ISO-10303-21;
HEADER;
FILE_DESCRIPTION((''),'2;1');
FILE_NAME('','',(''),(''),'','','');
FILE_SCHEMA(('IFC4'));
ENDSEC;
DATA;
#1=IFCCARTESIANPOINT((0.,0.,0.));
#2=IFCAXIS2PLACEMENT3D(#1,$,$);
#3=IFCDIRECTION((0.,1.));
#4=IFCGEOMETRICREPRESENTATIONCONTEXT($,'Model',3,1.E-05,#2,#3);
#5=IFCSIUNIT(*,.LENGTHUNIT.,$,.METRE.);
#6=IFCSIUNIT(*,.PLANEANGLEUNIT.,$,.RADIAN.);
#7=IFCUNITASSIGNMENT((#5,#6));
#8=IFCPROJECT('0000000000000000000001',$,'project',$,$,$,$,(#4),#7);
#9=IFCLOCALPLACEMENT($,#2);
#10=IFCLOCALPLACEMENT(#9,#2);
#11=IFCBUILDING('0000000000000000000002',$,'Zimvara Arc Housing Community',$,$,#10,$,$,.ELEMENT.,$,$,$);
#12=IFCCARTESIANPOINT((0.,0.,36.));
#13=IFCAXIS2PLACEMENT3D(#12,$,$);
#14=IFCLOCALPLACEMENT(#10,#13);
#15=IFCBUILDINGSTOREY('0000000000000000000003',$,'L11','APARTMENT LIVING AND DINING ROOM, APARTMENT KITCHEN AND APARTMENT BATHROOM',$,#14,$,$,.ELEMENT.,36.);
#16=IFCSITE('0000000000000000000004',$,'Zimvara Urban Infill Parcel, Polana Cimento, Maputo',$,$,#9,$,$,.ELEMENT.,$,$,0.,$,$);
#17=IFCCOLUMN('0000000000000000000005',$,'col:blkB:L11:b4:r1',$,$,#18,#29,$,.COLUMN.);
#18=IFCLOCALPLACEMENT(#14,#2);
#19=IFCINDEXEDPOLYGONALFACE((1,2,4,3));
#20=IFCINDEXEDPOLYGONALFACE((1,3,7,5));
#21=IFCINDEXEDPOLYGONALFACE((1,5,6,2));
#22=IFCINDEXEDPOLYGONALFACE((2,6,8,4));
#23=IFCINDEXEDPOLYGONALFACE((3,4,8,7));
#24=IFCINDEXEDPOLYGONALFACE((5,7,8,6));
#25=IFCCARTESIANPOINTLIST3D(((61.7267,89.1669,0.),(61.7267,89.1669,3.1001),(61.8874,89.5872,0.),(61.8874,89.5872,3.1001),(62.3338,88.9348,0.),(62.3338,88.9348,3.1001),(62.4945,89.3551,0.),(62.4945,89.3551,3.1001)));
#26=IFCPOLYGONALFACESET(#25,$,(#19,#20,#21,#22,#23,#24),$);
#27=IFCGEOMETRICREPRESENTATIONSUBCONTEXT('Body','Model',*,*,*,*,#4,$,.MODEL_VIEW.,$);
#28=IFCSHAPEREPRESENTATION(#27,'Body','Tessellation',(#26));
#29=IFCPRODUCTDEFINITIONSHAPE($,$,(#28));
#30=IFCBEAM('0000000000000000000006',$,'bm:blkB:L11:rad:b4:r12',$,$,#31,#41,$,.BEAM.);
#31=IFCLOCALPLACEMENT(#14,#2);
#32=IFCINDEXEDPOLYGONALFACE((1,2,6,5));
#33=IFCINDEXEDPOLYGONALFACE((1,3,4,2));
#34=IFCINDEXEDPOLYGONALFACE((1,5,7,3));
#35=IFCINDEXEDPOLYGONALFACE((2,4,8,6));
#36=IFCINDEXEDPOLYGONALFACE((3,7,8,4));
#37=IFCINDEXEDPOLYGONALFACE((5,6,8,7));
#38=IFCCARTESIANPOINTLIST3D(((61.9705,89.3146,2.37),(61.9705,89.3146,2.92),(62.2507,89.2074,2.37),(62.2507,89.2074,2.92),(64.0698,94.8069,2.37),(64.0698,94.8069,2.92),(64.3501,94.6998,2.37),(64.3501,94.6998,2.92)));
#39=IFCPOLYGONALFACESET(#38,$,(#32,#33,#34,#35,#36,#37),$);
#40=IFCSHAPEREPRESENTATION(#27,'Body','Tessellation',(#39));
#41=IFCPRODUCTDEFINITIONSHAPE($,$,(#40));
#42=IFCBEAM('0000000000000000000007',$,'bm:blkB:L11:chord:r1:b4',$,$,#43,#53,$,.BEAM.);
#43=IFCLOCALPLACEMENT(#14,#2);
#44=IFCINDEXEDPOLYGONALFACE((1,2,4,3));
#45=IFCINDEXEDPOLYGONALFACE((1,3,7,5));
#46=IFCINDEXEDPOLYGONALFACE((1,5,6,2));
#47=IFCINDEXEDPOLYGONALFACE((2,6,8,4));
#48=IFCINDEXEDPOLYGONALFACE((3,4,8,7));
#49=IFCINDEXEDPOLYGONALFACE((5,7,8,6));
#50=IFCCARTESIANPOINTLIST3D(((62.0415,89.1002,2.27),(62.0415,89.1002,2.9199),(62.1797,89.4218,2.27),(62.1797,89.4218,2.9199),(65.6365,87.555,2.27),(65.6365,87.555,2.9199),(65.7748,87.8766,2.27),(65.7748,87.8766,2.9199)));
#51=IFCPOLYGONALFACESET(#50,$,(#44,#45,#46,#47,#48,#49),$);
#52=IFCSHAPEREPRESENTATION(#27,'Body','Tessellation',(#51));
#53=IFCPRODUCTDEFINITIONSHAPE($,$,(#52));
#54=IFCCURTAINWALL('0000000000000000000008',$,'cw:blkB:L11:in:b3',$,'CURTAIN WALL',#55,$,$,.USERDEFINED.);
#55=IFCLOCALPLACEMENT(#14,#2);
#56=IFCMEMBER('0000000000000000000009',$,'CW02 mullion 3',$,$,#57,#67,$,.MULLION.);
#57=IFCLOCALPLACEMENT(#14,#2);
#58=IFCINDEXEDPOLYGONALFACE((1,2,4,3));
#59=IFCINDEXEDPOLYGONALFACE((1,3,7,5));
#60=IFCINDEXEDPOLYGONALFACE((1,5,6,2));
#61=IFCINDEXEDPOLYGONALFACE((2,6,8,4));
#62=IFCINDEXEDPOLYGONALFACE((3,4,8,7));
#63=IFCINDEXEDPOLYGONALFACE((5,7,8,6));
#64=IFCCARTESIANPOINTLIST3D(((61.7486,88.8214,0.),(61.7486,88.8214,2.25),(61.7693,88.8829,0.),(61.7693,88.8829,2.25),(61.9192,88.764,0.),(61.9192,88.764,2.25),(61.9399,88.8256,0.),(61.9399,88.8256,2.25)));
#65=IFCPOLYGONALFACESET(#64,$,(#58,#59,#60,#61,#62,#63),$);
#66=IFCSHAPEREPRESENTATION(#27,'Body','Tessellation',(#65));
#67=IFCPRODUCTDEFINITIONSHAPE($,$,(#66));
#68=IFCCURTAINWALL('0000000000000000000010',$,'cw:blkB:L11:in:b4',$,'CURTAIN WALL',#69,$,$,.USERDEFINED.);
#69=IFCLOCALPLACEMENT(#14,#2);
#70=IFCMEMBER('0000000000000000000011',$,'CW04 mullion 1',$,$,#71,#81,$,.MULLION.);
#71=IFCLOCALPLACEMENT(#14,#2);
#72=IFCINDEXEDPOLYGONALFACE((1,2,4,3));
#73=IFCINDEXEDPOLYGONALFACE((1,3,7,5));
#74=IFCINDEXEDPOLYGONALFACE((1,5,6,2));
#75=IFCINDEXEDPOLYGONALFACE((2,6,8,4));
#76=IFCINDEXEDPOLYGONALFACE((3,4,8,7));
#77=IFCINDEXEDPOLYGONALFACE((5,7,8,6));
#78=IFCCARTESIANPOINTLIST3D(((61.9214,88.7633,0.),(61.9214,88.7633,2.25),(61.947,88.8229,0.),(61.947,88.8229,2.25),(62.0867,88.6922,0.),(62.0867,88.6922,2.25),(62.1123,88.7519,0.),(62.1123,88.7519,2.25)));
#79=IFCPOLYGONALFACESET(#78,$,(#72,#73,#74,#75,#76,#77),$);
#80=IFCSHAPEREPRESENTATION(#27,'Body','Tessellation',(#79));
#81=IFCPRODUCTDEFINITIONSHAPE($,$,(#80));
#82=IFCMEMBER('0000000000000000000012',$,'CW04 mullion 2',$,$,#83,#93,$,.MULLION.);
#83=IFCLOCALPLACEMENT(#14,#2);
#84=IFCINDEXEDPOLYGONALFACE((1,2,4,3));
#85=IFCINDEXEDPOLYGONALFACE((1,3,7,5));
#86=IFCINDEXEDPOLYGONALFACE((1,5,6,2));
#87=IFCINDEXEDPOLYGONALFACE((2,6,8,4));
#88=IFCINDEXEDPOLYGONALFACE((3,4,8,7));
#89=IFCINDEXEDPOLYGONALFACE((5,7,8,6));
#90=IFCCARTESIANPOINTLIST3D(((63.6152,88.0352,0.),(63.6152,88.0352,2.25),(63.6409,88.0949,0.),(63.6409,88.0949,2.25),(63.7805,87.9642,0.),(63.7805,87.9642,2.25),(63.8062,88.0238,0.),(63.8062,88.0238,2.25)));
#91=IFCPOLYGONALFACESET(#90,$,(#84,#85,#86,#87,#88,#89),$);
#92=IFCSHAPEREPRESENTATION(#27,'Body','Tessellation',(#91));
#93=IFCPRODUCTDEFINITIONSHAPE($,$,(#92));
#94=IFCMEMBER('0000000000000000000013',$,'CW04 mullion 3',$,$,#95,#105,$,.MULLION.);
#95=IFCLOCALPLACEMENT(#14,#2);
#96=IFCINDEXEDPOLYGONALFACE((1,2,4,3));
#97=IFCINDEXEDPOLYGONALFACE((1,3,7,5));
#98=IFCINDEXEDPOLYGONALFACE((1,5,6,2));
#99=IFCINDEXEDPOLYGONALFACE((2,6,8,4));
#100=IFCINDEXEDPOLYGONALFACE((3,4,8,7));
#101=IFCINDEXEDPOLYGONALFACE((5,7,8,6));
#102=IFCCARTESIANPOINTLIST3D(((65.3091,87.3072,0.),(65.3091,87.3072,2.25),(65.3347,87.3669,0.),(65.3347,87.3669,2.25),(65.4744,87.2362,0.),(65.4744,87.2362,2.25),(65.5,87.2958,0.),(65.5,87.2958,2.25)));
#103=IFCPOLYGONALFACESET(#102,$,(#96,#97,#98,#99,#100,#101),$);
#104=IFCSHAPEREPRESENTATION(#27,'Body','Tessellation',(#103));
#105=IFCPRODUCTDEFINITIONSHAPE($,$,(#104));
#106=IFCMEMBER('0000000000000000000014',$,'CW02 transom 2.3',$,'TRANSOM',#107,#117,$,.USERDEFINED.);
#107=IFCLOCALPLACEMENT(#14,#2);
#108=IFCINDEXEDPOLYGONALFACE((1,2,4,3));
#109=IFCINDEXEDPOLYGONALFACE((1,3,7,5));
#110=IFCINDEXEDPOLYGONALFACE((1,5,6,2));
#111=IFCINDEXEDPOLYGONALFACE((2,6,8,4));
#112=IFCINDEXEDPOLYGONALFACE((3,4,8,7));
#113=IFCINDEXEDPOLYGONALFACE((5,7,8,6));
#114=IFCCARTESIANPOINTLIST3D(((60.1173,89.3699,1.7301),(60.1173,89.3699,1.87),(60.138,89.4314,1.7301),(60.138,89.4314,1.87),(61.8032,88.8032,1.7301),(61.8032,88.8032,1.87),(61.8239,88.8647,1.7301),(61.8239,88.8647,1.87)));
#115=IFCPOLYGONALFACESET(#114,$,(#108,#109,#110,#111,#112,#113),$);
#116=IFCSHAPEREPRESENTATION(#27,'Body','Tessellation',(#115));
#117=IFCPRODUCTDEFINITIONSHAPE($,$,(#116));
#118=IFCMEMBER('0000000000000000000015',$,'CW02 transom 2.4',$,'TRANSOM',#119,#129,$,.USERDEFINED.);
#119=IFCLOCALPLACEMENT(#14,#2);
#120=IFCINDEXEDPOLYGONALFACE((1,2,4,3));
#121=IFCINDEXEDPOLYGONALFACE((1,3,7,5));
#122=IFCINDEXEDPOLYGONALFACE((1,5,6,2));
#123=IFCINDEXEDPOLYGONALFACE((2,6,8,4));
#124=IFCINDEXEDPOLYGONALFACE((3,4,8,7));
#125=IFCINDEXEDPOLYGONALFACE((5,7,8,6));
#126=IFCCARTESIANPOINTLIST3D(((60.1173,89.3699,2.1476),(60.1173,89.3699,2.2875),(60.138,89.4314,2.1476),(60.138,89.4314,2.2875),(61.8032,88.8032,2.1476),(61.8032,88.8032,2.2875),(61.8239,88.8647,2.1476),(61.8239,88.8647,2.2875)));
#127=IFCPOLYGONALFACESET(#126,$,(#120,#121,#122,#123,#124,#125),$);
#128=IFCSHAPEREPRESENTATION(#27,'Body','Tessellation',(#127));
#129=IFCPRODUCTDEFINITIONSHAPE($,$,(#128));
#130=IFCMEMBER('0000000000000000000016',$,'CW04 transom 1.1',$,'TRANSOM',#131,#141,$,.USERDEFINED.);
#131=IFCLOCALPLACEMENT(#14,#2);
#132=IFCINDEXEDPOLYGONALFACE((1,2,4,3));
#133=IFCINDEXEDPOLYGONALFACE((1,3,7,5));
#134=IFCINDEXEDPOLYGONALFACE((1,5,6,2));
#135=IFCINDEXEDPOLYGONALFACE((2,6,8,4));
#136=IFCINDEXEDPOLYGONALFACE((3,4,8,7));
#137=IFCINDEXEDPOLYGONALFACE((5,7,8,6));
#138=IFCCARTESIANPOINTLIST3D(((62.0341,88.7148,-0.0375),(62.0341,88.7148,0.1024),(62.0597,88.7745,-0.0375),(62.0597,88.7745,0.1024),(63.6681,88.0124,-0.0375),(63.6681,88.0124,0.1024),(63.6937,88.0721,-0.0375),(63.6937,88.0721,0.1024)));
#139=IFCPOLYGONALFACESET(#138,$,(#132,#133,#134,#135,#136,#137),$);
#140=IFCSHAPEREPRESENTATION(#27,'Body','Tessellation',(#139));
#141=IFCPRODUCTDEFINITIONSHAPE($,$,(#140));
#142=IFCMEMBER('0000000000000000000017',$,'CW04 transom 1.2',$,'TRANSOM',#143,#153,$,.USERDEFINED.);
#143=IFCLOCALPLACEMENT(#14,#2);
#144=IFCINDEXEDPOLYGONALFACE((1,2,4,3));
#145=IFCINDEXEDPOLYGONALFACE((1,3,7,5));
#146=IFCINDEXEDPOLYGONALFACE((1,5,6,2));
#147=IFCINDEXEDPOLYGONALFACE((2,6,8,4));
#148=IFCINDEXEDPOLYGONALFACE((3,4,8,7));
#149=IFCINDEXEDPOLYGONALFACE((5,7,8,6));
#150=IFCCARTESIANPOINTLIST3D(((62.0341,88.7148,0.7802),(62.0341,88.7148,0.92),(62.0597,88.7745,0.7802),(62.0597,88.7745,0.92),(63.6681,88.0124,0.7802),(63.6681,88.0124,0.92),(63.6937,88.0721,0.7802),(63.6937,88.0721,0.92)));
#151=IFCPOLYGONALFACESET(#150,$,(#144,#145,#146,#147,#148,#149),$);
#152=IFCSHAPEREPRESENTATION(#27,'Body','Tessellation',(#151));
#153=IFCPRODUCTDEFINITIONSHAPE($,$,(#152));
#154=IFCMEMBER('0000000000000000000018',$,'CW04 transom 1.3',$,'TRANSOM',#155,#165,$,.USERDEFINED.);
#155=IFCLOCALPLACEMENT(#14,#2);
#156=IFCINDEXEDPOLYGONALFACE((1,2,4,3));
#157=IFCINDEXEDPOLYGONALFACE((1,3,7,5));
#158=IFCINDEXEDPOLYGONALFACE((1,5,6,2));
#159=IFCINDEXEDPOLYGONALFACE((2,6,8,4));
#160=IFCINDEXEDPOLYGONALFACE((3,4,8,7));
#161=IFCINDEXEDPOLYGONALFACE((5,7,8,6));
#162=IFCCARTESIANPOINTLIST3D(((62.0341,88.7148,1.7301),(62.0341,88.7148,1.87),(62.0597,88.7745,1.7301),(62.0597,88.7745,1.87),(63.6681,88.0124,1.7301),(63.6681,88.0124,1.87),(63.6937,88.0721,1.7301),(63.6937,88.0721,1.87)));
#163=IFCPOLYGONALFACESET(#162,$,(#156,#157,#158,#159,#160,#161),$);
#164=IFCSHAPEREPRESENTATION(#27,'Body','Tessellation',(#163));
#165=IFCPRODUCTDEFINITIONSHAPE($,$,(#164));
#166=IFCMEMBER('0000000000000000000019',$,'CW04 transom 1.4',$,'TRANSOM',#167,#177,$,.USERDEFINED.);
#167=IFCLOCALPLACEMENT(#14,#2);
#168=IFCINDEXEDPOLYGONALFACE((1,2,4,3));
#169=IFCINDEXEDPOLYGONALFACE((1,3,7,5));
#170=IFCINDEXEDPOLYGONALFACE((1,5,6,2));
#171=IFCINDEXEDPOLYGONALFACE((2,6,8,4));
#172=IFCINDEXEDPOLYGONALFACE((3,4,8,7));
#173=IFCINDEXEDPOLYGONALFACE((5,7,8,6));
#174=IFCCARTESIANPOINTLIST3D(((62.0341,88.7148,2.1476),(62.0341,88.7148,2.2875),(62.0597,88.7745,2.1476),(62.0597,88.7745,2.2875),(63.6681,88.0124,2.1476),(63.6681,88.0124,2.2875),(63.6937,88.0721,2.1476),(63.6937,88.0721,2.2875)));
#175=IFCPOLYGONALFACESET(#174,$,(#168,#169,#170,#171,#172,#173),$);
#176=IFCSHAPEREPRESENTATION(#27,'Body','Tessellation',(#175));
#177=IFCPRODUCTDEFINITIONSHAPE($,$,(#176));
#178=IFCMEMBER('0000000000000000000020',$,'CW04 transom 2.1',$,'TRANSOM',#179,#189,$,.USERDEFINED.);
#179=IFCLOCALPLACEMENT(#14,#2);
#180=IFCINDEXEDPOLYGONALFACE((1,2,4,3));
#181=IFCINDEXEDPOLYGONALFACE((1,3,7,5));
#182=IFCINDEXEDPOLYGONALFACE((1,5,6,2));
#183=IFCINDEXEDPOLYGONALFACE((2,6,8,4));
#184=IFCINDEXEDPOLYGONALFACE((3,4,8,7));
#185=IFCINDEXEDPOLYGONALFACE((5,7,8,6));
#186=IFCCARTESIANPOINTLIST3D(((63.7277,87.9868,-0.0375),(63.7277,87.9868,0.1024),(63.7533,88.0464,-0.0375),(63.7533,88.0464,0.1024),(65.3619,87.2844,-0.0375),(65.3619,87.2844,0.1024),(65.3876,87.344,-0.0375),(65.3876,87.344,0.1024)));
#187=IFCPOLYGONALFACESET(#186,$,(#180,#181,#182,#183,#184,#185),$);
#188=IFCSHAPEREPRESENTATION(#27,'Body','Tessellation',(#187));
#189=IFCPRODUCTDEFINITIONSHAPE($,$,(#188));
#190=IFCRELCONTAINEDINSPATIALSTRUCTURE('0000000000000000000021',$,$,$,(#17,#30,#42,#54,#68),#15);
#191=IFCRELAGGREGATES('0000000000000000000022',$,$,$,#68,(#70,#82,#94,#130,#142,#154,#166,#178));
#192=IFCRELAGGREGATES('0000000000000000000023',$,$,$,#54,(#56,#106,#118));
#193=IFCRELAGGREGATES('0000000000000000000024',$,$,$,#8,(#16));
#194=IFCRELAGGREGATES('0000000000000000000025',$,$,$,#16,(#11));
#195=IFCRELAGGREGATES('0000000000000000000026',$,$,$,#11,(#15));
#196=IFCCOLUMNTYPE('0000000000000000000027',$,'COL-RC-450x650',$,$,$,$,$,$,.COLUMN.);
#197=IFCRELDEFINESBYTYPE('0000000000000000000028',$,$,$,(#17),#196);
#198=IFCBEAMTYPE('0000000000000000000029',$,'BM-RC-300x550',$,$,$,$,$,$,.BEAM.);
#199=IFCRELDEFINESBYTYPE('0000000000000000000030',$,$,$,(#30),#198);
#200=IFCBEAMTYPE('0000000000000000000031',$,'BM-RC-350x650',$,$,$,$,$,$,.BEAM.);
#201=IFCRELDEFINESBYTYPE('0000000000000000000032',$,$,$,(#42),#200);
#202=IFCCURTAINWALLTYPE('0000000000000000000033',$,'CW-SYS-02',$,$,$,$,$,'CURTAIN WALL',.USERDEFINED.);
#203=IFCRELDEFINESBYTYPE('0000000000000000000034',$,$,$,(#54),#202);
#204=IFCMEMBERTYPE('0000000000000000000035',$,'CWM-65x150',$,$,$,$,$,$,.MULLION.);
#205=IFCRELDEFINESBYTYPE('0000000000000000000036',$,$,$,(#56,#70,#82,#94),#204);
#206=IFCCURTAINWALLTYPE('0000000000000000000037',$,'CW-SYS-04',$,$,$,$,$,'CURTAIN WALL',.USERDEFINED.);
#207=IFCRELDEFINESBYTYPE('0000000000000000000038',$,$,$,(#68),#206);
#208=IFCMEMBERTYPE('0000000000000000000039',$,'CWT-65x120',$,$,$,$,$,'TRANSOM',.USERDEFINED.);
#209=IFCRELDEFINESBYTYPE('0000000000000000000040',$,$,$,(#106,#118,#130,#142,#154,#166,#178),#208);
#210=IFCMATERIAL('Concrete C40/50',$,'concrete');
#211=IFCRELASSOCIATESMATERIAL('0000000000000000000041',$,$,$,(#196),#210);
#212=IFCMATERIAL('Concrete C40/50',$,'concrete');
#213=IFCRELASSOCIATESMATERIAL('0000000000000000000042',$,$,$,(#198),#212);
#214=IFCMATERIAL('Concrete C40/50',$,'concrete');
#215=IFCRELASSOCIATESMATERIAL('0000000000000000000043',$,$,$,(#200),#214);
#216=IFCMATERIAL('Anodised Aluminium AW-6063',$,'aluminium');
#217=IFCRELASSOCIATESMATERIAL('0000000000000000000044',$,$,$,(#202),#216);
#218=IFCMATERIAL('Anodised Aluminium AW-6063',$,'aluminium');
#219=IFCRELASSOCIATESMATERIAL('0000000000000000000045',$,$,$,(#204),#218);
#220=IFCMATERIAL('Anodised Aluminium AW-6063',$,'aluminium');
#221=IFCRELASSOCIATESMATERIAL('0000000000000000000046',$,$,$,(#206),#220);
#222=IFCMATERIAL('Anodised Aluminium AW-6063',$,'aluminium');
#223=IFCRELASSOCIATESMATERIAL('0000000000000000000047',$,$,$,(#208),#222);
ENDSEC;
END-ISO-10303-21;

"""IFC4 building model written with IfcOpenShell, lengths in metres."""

from ifc_helpers import new_model, si_unit, direction, frame, origin, origin_2d, place, context, subcontext, project, spatial, rectangle, extrude, material, material_profile, profile_set, type_object, element, aggregate, save


model = new_model("IFC4")

# Units and contexts
model_context = context("Model", 3, precision=1e-05, world=origin(), true_north=direction((0.0, 1.0)))
body_context = subcontext(model_context, "Body", "Model", "MODEL_VIEW")
ifc_project = project(units=[si_unit("LENGTHUNIT", "METRE"), si_unit("PLANEANGLEUNIT", "RADIAN")], contexts=[model_context])

# Site, building, storey
site_placement = place(None, origin())
site = spatial("IfcSite", under=ifc_project, at=site_placement, Name="Zimvara Urban Infill Parcel, Polana Cimento, Maputo", CompositionType="ELEMENT", RefElevation=0.0)
building_placement = place(site_placement, origin())
building = spatial("IfcBuilding", under=site, at=building_placement, Name="Zimvara Arc Housing Community", CompositionType="ELEMENT")
storey_placement = place(building_placement, frame((0.0, 0.0, 36.0)))
storey = spatial("IfcBuildingStorey", under=building, at=storey_placement, Name="L11", Description="APARTMENT LIVING AND DINING ROOM, APARTMENT KITCHEN AND APARTMENT BATHROOM", CompositionType="ELEMENT", Elevation=36.0)

# Column
ifc_material_1 = material(Name="Concrete C40/50", Category="concrete")
ifc_material_profile_1 = material_profile(ifc_material_1, rectangle(XDim=0.45, YDim=0.6499, at=origin_2d()), Name="RC 450x650")
ifc_profile_set_1 = profile_set([ifc_material_profile_1], Name="Concrete C40/50")
column_type = type_object("IfcColumnType", Name="COL-RC-450x650", PredefinedType="COLUMN", material=ifc_profile_set_1)
column_placement = place(storey_placement, frame((62.1106, 89.261, 0.0), z_axis=(0.0, 0.0, 1.0), x_axis=(0.357064, 0.93408, 0.0)))
element("IfcColumn", 1, at=column_placement, inside=storey, type_object=column_type, Name="col:blkB:L11:b4:r1", PredefinedType="COLUMN", context=body_context, shape_type="SweptSolid", body=[
    extrude(rectangle(XDim=0.45, YDim=0.6499, at=origin_2d()), origin(), (0.0, 0.0, 1.0), 3.1001),
])

# Beams
ifc_material_2 = material(Name="Concrete C40/50", Category="concrete")
ifc_material_profile_2 = material_profile(ifc_material_2, rectangle(XDim=0.3, YDim=0.55, at=origin_2d()), Name="RC 300x550")
ifc_profile_set_2 = profile_set([ifc_material_profile_2], Name="Concrete C40/50")
beam_type_1 = type_object("IfcBeamType", Name="BM-RC-300x550", PredefinedType="BEAM", material=ifc_profile_set_2)
beam_1_placement = place(storey_placement, frame((62.1106, 89.261, 2.645), z_axis=(0.357036, 0.934091, 0.0), x_axis=(-0.934091, 0.357036, 0.0)))
element("IfcBeam", 2, at=beam_1_placement, inside=storey, type_object=beam_type_1, Name="bm:blkB:L11:rad:b4:r12", PredefinedType="BEAM", context=body_context, shape_type="SweptSolid", body=[
    extrude(rectangle(XDim=0.3, YDim=0.55, at=origin_2d()), origin(), (0.0, 0.0, 1.0), 5.8799),
])
ifc_material_3 = material(Name="Concrete C40/50", Category="concrete")
ifc_material_profile_3 = material_profile(ifc_material_3, rectangle(XDim=0.3501, YDim=0.6499, at=origin_2d()), Name="RC 350x650")
ifc_profile_set_3 = profile_set([ifc_material_profile_3], Name="Concrete C40/50")
beam_type_2 = type_object("IfcBeamType", Name="BM-RC-350x650", PredefinedType="BEAM", material=ifc_profile_set_3)
beam_2_placement = place(storey_placement, frame((62.1106, 89.261, 2.595), z_axis=(0.918731, -0.394883, 0.0), x_axis=(0.394883, 0.918731, 0.0)))
element("IfcBeam", 3, at=beam_2_placement, inside=storey, type_object=beam_type_2, Name="bm:blkB:L11:chord:r1:b4", PredefinedType="BEAM", context=body_context, shape_type="SweptSolid", body=[
    extrude(rectangle(XDim=0.3501, YDim=0.6499, at=origin_2d()), origin(), (0.0, 0.0, 1.0), 3.9131),
])

# Curtain wall, member
ifc_material_4 = material(Name="Anodised Aluminium AW-6063", Category="aluminium")
curtain_wall_type_1 = type_object("IfcCurtainWallType", Name="CW-SYS-02", ElementType="CURTAIN WALL", PredefinedType="USERDEFINED", material=ifc_material_4)
curtain_wall_1_placement = place(storey_placement, origin())
curtain_wall_1 = element("IfcCurtainWall", 4, at=curtain_wall_1_placement, inside=storey, type_object=curtain_wall_type_1, Name="cw:blkB:L11:in:b3", ObjectType="CURTAIN WALL", PredefinedType="USERDEFINED")
ifc_material_5 = material(Name="Anodised Aluminium AW-6063", Category="aluminium")
ifc_material_profile_4 = material_profile(ifc_material_5, rectangle(XDim=0.0649, YDim=0.1799, at=origin_2d()), Name="ALU 65x180")
ifc_profile_set_4 = profile_set([ifc_material_profile_4], Name="Anodised Aluminium AW-6063")
member_type_1 = type_object("IfcMemberType", Name="CWM-65x150", PredefinedType="MULLION", material=ifc_profile_set_4)
member_1_placement = place(storey_placement, frame((61.8442, 88.8235, 0.0), z_axis=(0.0, 0.0, 1.0), x_axis=(0.318627, 0.94788, 0.0)))
member_1 = element("IfcMember", 5, at=member_1_placement, type_object=member_type_1, Name="CW02 mullion 3", PredefinedType="MULLION", context=body_context, shape_type="SweptSolid", body=[
    extrude(rectangle(XDim=0.0649, YDim=0.1799, at=origin_2d()), origin(), (0.0, 0.0, 1.0), 2.25),
])

# Curtain wall, members
ifc_material_6 = material(Name="Anodised Aluminium AW-6063", Category="aluminium")
curtain_wall_type_2 = type_object("IfcCurtainWallType", Name="CW-SYS-04", ElementType="CURTAIN WALL", PredefinedType="USERDEFINED", material=ifc_material_6)
curtain_wall_2_placement = place(storey_placement, origin())
curtain_wall_2 = element("IfcCurtainWall", 6, at=curtain_wall_2_placement, inside=storey, type_object=curtain_wall_type_2, Name="cw:blkB:L11:in:b4", ObjectType="CURTAIN WALL", PredefinedType="USERDEFINED")
member_2_placement = place(storey_placement, frame((62.0168, 88.7576, 0.0), z_axis=(0.0, 0.0, 1.0), x_axis=(0.394904, 0.918722, 0.0)))
member_2 = element("IfcMember", 7, at=member_2_placement, type_object=member_type_1, Name="CW04 mullion 1", PredefinedType="MULLION", context=body_context, shape_type="SweptSolid", body=[
    extrude(rectangle(XDim=0.0649, YDim=0.1799, at=origin_2d()), origin(), (0.0, 0.0, 1.0), 2.25),
])
member_3_placement = place(storey_placement, frame((63.7107, 88.0295, 0.0), z_axis=(0.0, 0.0, 1.0), x_axis=(0.394904, 0.918722, 0.0)))
member_3 = element("IfcMember", 8, at=member_3_placement, type_object=member_type_1, Name="CW04 mullion 2", PredefinedType="MULLION", context=body_context, shape_type="SweptSolid", body=[
    extrude(rectangle(XDim=0.0649, YDim=0.1799, at=origin_2d()), origin(), (0.0, 0.0, 1.0), 2.25),
])
member_4_placement = place(storey_placement, frame((65.4045, 87.3015, 0.0), z_axis=(0.0, 0.0, 1.0), x_axis=(0.394904, 0.918722, 0.0)))
member_4 = element("IfcMember", 9, at=member_4_placement, type_object=member_type_1, Name="CW04 mullion 3", PredefinedType="MULLION", context=body_context, shape_type="SweptSolid", body=[
    extrude(rectangle(XDim=0.0649, YDim=0.1799, at=origin_2d()), origin(), (0.0, 0.0, 1.0), 2.25),
])

# Members
ifc_material_7 = material(Name="Anodised Aluminium AW-6063", Category="aluminium")
ifc_material_profile_5 = material_profile(ifc_material_7, rectangle(XDim=0.0649, YDim=0.1399, at=origin_2d()), Name="ALU 65x140")
ifc_profile_set_5 = profile_set([ifc_material_profile_5], Name="Anodised Aluminium AW-6063")
member_type_2 = type_object("IfcMemberType", Name="CWT-65x120", ElementType="TRANSOM", PredefinedType="USERDEFINED", material=ifc_profile_set_5)
member_5_placement = place(storey_placement, frame((60.1277, 89.4006, 1.8), z_axis=(0.947884, -0.318615, 0.0), x_axis=(0.318615, 0.947884, 0.0)))
member_5 = element("IfcMember", 10, at=member_5_placement, type_object=member_type_2, Name="CW02 transom 2.3", ObjectType="TRANSOM", PredefinedType="USERDEFINED", context=body_context, shape_type="SweptSolid", body=[
    extrude(rectangle(XDim=0.0649, YDim=0.1399, at=origin_2d()), origin(), (0.0, 0.0, 1.0), 1.7786),
])
member_6_placement = place(storey_placement, frame((60.1277, 89.4006, 2.2175), z_axis=(0.947884, -0.318615, 0.0), x_axis=(0.318615, 0.947884, 0.0)))
member_6 = element("IfcMember", 11, at=member_6_placement, type_object=member_type_2, Name="CW02 transom 2.4", ObjectType="TRANSOM", PredefinedType="USERDEFINED", context=body_context, shape_type="SweptSolid", body=[
    extrude(rectangle(XDim=0.0649, YDim=0.1399, at=origin_2d()), origin(), (0.0, 0.0, 1.0), 1.7786),
])
member_7_placement = place(storey_placement, frame((62.0469, 88.7446, 0.0325), z_axis=(0.918718, -0.394913, 0.0), x_axis=(0.394913, 0.918718, 0.0)))
member_7 = element("IfcMember", 12, at=member_7_placement, type_object=member_type_2, Name="CW04 transom 1.1", ObjectType="TRANSOM", PredefinedType="USERDEFINED", context=body_context, shape_type="SweptSolid", body=[
    extrude(rectangle(XDim=0.0649, YDim=0.1399, at=origin_2d()), origin(), (0.0, 0.0, 1.0), 1.7786),
])
member_8_placement = place(storey_placement, frame((62.0469, 88.7446, 0.8501), z_axis=(0.918718, -0.394913, 0.0), x_axis=(0.394913, 0.918718, 0.0)))
member_8 = element("IfcMember", 13, at=member_8_placement, type_object=member_type_2, Name="CW04 transom 1.2", ObjectType="TRANSOM", PredefinedType="USERDEFINED", context=body_context, shape_type="SweptSolid", body=[
    extrude(rectangle(XDim=0.0649, YDim=0.1399, at=origin_2d()), origin(), (0.0, 0.0, 1.0), 1.7786),
])
member_9_placement = place(storey_placement, frame((62.0469, 88.7446, 1.8), z_axis=(0.918718, -0.394913, 0.0), x_axis=(0.394913, 0.918718, 0.0)))
member_9 = element("IfcMember", 14, at=member_9_placement, type_object=member_type_2, Name="CW04 transom 1.3", ObjectType="TRANSOM", PredefinedType="USERDEFINED", context=body_context, shape_type="SweptSolid", body=[
    extrude(rectangle(XDim=0.0649, YDim=0.1399, at=origin_2d()), origin(), (0.0, 0.0, 1.0), 1.7786),
])
member_10_placement = place(storey_placement, frame((62.0469, 88.7446, 2.2175), z_axis=(0.918718, -0.394913, 0.0), x_axis=(0.394913, 0.918718, 0.0)))
member_10 = element("IfcMember", 15, at=member_10_placement, type_object=member_type_2, Name="CW04 transom 1.4", ObjectType="TRANSOM", PredefinedType="USERDEFINED", context=body_context, shape_type="SweptSolid", body=[
    extrude(rectangle(XDim=0.0649, YDim=0.1399, at=origin_2d()), origin(), (0.0, 0.0, 1.0), 1.7786),
])
member_11_placement = place(storey_placement, frame((63.7405, 88.0166, 0.0325), z_axis=(0.91874, -0.394863, 0.0), x_axis=(0.394863, 0.91874, 0.0)))
member_11 = element("IfcMember", 16, at=member_11_placement, type_object=member_type_2, Name="CW04 transom 2.1", ObjectType="TRANSOM", PredefinedType="USERDEFINED", context=body_context, shape_type="SweptSolid", body=[
    extrude(rectangle(XDim=0.0649, YDim=0.1399, at=origin_2d()), origin(), (0.0, 0.0, 1.0), 1.7788),
])

aggregate(curtain_wall_2, [member_2, member_3, member_4, member_7, member_8, member_9, member_10, member_11])
aggregate(curtain_wall_1, [member_1, member_5, member_6])

save(model, "model.ifc")
